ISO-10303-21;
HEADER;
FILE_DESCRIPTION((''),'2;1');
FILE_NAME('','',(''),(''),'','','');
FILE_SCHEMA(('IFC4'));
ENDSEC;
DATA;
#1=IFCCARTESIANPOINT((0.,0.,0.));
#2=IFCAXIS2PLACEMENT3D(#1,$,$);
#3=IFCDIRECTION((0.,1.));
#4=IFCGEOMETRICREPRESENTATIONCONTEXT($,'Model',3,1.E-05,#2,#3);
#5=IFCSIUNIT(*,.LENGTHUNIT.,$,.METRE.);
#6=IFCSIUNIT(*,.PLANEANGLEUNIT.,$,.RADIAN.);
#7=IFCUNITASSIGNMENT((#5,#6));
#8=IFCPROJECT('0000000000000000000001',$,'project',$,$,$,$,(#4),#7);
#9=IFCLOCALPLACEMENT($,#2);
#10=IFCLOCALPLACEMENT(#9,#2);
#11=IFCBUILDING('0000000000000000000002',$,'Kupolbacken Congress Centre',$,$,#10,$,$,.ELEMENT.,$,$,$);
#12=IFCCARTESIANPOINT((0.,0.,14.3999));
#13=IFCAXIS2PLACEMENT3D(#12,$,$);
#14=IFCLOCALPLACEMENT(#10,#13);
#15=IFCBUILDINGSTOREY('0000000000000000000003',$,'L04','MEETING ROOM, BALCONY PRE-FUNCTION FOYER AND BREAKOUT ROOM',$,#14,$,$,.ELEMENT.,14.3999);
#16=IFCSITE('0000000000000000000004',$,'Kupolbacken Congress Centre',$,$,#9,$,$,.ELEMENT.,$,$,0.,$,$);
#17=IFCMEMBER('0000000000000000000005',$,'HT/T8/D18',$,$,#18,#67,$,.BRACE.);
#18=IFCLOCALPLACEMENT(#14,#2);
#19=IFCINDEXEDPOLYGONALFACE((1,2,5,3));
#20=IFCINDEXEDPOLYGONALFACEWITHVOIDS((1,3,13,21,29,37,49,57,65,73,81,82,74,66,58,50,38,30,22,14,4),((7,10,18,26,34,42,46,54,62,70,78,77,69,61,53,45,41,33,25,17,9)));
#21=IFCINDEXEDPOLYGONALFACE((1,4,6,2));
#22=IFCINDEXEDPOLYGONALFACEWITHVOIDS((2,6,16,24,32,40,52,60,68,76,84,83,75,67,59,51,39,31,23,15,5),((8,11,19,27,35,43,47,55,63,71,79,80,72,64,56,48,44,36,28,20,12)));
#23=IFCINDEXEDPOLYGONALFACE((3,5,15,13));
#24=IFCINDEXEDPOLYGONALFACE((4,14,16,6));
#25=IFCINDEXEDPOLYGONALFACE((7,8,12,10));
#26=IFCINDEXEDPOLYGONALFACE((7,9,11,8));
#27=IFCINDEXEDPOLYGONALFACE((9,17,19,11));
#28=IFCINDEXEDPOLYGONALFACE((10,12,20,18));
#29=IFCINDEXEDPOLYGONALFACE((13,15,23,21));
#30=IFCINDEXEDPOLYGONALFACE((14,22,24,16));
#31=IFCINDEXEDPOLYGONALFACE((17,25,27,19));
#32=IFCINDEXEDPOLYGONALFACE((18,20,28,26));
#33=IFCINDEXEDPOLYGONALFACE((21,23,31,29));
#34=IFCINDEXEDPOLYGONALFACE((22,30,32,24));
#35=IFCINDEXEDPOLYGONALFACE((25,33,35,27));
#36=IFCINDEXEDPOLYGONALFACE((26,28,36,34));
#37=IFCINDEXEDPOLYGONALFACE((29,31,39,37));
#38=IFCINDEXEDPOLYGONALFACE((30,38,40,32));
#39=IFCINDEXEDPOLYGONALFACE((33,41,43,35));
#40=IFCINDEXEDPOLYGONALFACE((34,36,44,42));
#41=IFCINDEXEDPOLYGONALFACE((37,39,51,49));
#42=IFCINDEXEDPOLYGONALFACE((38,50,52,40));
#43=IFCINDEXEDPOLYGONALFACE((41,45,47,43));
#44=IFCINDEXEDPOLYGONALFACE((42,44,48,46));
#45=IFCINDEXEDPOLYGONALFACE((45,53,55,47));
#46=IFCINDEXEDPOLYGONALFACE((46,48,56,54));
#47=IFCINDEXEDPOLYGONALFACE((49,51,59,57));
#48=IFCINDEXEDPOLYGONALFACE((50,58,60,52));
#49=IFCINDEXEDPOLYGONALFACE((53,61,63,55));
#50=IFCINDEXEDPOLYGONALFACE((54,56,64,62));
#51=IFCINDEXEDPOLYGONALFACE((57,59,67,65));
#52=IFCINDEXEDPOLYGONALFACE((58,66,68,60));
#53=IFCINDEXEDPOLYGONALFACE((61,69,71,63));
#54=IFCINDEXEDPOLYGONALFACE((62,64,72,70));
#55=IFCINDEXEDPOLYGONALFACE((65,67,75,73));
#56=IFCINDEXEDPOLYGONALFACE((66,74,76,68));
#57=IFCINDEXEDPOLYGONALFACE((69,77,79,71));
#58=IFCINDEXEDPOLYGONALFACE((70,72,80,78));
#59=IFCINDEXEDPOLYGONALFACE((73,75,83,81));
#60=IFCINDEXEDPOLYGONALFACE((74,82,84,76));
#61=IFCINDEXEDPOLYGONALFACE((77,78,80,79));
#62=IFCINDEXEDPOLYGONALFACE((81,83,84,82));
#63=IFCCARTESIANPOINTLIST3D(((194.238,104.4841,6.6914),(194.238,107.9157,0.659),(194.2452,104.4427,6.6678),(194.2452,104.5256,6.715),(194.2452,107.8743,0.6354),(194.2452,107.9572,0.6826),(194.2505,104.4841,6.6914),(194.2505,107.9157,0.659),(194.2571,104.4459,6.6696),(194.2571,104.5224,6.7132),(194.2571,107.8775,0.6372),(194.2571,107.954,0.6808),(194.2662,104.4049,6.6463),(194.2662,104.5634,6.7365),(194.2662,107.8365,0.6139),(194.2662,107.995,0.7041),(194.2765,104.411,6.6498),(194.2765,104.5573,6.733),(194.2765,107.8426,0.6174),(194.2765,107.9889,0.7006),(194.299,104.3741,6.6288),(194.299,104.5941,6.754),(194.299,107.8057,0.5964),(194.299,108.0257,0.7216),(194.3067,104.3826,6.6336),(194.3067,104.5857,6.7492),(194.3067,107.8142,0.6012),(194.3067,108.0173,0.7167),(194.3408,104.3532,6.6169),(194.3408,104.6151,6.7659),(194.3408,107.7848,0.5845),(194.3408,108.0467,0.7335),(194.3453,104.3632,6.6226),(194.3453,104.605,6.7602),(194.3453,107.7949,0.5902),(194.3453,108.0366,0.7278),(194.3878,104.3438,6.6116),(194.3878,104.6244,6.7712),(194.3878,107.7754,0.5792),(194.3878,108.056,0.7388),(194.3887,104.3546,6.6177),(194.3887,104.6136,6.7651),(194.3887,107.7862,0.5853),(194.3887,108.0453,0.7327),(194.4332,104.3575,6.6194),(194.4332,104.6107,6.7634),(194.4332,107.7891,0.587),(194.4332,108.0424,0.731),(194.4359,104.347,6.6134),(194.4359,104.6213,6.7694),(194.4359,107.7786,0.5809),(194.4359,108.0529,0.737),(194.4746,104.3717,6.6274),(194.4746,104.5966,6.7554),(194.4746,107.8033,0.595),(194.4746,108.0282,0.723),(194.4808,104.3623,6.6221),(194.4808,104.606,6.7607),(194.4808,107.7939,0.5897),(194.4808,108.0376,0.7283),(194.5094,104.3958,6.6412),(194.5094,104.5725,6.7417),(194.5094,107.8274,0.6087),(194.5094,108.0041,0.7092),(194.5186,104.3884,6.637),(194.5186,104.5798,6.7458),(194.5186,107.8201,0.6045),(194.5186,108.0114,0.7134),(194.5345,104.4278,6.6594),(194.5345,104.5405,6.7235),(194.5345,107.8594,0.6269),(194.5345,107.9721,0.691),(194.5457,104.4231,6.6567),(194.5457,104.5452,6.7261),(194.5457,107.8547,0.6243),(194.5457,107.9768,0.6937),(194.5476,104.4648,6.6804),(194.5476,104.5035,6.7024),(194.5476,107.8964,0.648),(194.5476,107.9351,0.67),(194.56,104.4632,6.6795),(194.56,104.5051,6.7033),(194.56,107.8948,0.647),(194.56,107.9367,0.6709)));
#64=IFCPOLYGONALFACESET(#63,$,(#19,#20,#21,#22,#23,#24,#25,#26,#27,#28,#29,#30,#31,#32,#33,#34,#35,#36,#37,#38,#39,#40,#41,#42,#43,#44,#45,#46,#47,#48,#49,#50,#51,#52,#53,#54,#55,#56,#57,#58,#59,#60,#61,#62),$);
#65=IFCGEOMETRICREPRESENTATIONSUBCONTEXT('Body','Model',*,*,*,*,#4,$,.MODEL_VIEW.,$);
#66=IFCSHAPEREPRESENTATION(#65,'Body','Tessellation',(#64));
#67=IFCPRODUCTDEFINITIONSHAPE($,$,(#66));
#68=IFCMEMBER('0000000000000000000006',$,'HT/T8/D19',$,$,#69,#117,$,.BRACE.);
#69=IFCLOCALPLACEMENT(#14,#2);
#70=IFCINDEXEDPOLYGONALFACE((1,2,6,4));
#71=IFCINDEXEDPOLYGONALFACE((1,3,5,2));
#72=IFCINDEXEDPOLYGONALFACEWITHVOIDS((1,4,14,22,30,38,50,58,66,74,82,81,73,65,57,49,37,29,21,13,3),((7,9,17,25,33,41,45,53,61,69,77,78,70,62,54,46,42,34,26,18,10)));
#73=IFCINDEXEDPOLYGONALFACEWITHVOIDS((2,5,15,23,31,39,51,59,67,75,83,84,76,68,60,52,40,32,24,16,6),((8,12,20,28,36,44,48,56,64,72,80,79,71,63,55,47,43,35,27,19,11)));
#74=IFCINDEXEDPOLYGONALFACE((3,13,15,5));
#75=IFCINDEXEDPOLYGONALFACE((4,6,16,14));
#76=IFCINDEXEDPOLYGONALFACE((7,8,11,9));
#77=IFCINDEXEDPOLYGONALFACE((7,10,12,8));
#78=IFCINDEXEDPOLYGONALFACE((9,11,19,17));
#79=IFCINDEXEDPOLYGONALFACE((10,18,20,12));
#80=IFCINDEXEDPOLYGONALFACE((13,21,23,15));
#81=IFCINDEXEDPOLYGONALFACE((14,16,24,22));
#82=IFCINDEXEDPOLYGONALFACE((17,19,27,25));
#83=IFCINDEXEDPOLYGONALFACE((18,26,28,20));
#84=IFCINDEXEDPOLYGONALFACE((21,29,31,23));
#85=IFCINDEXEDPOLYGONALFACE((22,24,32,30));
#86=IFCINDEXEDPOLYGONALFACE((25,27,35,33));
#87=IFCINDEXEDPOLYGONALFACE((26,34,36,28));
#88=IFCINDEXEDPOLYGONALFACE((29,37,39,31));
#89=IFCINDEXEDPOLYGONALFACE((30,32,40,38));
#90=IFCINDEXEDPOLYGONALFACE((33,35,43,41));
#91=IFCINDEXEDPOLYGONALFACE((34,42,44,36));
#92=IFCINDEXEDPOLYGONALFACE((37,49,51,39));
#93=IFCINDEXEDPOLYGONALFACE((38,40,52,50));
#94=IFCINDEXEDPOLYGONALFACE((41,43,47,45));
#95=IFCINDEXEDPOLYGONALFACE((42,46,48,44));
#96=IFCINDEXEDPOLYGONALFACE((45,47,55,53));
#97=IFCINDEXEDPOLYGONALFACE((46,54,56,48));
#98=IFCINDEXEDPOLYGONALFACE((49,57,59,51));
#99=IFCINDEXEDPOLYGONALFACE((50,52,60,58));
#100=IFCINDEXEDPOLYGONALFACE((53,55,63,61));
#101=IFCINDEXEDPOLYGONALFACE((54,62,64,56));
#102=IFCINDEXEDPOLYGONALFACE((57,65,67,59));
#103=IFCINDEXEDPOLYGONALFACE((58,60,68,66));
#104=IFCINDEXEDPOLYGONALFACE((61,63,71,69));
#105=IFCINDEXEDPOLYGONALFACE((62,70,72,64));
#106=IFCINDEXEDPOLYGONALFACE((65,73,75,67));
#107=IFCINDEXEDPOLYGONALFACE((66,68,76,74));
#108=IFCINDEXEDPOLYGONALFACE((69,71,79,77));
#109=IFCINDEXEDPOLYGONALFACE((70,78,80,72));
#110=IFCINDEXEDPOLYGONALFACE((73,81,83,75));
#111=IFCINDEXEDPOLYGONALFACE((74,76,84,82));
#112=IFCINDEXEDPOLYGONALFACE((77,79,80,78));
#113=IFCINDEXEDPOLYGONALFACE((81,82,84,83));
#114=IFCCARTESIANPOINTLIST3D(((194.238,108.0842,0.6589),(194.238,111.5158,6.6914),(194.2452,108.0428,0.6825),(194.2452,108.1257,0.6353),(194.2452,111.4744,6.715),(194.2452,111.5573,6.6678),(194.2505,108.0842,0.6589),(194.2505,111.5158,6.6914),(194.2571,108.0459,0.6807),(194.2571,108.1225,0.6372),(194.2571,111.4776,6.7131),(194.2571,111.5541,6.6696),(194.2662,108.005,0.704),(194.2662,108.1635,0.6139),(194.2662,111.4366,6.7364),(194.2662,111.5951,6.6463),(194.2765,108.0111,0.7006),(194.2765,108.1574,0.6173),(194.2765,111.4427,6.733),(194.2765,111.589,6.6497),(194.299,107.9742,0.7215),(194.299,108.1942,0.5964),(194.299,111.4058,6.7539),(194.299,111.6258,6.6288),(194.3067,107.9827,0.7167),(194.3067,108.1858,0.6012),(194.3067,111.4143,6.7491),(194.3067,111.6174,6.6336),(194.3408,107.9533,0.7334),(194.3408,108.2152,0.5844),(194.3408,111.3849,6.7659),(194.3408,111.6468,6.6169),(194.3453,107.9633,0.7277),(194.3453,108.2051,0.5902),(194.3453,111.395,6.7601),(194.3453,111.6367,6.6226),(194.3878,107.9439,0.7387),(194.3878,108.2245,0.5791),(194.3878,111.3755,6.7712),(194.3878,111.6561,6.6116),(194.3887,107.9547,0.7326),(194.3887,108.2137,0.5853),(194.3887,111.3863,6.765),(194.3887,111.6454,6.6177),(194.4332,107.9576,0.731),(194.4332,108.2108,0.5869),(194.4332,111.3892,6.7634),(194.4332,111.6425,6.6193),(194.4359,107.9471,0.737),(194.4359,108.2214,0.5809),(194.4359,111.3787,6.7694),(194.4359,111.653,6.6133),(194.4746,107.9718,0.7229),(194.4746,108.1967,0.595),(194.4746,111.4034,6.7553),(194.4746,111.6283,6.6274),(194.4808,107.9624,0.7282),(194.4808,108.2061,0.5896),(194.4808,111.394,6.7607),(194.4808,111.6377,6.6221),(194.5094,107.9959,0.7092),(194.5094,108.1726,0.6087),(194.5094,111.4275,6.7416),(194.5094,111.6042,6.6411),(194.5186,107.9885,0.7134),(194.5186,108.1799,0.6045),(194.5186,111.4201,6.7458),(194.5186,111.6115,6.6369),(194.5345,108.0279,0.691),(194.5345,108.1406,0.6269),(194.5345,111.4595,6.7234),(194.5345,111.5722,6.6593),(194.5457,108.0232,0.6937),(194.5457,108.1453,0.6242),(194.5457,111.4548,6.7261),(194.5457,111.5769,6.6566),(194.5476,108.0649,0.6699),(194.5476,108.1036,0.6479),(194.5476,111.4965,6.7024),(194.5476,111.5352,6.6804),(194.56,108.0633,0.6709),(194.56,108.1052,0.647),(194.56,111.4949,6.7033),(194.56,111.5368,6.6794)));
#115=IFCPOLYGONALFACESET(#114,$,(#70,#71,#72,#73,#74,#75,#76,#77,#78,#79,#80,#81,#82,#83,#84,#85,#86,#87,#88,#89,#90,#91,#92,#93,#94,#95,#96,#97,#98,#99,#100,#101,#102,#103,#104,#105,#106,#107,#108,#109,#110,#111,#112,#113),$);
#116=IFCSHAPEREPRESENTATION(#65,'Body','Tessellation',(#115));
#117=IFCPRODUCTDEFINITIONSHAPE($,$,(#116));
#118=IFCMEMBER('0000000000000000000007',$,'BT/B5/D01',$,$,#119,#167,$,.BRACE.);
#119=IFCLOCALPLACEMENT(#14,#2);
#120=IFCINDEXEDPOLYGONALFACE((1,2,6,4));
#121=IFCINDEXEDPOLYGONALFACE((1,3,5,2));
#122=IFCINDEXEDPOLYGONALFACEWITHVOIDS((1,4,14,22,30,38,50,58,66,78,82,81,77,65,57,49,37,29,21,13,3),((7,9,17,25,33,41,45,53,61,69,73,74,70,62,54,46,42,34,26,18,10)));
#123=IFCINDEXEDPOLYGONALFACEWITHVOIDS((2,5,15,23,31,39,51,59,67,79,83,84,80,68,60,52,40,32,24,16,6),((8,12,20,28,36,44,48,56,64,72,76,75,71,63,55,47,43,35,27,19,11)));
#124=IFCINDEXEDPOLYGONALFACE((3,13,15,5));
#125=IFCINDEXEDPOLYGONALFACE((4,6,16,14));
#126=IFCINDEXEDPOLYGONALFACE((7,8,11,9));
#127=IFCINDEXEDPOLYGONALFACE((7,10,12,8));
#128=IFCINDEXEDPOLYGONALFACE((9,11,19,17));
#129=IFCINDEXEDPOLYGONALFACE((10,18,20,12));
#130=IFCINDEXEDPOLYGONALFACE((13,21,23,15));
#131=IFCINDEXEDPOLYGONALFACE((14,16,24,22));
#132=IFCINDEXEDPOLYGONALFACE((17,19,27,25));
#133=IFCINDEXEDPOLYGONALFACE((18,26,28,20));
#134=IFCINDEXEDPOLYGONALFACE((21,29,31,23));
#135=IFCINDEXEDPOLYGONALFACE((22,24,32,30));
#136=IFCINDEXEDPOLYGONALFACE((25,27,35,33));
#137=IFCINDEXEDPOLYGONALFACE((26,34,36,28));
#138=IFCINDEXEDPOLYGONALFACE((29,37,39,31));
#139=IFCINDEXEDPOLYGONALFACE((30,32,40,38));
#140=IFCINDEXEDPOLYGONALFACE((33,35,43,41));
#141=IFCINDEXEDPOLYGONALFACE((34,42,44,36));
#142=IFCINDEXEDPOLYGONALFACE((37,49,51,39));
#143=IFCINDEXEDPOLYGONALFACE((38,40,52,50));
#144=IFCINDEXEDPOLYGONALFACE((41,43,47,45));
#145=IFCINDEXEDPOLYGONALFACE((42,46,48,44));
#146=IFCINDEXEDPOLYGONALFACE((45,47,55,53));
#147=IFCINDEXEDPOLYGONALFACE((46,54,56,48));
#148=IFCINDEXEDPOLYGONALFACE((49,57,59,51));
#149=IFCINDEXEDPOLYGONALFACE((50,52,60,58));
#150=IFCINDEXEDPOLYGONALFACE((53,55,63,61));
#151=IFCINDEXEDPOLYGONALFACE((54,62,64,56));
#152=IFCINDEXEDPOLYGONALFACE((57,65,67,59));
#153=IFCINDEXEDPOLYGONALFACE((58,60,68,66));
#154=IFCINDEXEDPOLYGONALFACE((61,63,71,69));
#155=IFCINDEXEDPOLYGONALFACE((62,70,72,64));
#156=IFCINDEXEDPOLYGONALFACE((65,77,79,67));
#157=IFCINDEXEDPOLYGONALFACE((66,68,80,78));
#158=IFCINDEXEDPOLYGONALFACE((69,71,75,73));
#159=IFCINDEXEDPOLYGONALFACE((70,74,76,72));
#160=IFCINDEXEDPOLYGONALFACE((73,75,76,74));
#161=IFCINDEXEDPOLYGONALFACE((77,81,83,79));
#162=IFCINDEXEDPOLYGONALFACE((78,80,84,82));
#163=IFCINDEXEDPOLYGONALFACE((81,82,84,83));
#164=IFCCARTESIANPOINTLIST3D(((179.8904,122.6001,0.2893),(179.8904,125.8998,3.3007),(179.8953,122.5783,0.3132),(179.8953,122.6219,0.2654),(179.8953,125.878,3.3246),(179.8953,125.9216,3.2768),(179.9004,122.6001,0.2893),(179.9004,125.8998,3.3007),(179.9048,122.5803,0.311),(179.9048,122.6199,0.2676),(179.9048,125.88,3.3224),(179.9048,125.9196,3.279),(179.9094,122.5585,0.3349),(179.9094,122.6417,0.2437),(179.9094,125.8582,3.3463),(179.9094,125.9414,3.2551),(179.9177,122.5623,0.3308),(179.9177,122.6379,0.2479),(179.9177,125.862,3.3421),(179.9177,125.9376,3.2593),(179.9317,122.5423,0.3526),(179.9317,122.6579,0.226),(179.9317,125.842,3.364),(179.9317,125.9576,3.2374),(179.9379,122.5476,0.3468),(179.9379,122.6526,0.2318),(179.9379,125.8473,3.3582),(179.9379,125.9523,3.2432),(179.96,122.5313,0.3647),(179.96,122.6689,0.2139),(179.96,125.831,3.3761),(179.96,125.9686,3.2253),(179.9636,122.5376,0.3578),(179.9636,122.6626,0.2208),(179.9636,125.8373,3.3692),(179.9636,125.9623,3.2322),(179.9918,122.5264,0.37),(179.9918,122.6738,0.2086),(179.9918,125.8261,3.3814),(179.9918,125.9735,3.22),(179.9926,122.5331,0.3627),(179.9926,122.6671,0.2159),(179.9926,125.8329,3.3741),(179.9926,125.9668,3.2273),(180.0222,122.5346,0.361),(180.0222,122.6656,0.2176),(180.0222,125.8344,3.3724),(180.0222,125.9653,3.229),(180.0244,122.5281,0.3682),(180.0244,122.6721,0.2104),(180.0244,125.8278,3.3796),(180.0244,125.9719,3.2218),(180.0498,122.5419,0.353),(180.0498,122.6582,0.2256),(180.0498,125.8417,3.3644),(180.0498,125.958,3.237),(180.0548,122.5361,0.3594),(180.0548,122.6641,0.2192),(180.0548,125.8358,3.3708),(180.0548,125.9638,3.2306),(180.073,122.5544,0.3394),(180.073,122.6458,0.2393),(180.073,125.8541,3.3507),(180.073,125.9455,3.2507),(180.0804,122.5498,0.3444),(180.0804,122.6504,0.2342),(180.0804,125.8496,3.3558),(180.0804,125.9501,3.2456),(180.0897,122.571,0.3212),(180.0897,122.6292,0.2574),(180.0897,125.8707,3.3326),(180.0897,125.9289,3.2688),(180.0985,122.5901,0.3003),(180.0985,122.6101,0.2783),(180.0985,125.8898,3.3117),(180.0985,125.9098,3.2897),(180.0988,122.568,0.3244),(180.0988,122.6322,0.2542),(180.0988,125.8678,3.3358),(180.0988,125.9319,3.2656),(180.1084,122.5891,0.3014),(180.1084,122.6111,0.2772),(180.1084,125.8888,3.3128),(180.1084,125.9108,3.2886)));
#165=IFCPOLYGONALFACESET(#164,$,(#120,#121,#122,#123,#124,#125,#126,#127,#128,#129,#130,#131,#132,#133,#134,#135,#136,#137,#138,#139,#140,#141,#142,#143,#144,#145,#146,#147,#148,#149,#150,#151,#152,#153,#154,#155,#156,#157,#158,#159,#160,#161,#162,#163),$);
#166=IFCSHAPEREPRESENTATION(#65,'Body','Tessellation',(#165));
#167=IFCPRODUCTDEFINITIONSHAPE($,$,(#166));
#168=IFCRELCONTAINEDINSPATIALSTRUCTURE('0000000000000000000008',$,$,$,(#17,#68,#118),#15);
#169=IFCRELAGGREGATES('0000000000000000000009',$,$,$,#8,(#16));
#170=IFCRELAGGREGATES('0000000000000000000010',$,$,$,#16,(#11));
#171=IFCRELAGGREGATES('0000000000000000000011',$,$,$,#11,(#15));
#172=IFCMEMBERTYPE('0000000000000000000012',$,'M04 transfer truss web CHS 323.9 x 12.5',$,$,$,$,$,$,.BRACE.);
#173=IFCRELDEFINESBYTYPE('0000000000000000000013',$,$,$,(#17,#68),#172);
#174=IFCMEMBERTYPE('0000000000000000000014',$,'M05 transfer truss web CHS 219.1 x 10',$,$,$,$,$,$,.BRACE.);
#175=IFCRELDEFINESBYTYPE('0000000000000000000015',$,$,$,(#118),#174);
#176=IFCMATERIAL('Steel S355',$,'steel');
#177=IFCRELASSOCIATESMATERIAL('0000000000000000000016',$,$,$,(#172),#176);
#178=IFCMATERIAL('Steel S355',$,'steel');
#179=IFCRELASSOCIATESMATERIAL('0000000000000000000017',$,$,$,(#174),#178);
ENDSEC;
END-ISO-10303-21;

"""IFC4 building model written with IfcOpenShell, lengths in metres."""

from ifc_helpers import new_model, si_unit, direction, frame, origin, origin_2d, place, context, subcontext, project, spatial, hollow_circle, extrude, material, material_profile, profile_set, type_object, element, save


model = new_model("IFC4")

# Units and contexts
model_context = context("Model", 3, precision=1e-05, world=origin(), true_north=direction((0.0, 1.0)))
body_context = subcontext(model_context, "Body", "Model", "MODEL_VIEW")
ifc_project = project(units=[si_unit("LENGTHUNIT", "METRE"), si_unit("PLANEANGLEUNIT", "RADIAN")], contexts=[model_context])

# Site, building, storey
site_placement = place(None, origin())
site = spatial("IfcSite", under=ifc_project, at=site_placement, Name="Kupolbacken Congress Centre", CompositionType="ELEMENT", RefElevation=0.0)
building_placement = place(site_placement, origin())
building = spatial("IfcBuilding", under=site, at=building_placement, Name="Kupolbacken Congress Centre", CompositionType="ELEMENT")
storey_placement = place(building_placement, frame((0.0, 0.0, 14.3999)))
storey = spatial("IfcBuildingStorey", under=building, at=storey_placement, Name="L04", Description="MEETING ROOM, BALCONY PRE-FUNCTION FOYER AND BREAKOUT ROOM", CompositionType="ELEMENT", Elevation=14.3999)

# Members
ifc_material_1 = material(Name="Steel S355", Category="steel")
ifc_material_profile_1 = material_profile(ifc_material_1, hollow_circle(Radius=0.1619, WallThickness=0.0125, at=origin_2d()), Name="CHS 323.9 x 12.5")
ifc_profile_set_1 = profile_set([ifc_material_profile_1], Name="Steel S355")
member_type_1 = type_object("IfcMemberType", Name="M04 transfer truss web CHS 323.9 x 12.5", PredefinedType="BRACE", material=ifc_profile_set_1)
for number, where, z_axis, x_axis, name in (
    (1, (194.3999, 104.4841, 6.6914), (0.0, 0.494456, -0.869203), (-1.0, 0.0, 0.0), "HT/T8/D18"),
    (2, (194.3999, 108.0842, 0.6589), (0.0, 0.494456, 0.869203), (-1.0, 0.0, 0.0), "HT/T8/D19"),
):
    element("IfcMember", number, at=place(storey_placement, frame(where, z_axis=z_axis, x_axis=x_axis)), inside=storey, type_object=member_type_1, Name=name, PredefinedType="BRACE", context=body_context, shape_type="SweptSolid", body=[
        extrude(hollow_circle(Radius=0.1619, WallThickness=0.0125, at=origin_2d()), origin(), (0.0, 0.0, 1.0), 6.9402),
    ])
ifc_material_2 = material(Name="Steel S355", Category="steel")
ifc_material_profile_2 = material_profile(ifc_material_2, hollow_circle(Radius=0.1096, WallThickness=0.01, at=origin_2d()), Name="CHS 219.1 x 10")
ifc_profile_set_2 = profile_set([ifc_material_profile_2], Name="Steel S355")
member_type_2 = type_object("IfcMemberType", Name="M05 transfer truss web CHS 219.1 x 10", PredefinedType="BRACE", material=ifc_profile_set_2)
for number, where, z_axis, x_axis, name in (
    (3, (180.0, 122.6001, 0.2893), (0.0, 0.73864, 0.6741), (-1.0, 0.0, 0.0), "BT/B5/D01"),
):
    element("IfcMember", number, at=place(storey_placement, frame(where, z_axis=z_axis, x_axis=x_axis)), inside=storey, type_object=member_type_2, Name=name, PredefinedType="BRACE", context=body_context, shape_type="SweptSolid", body=[
        extrude(hollow_circle(Radius=0.1096, WallThickness=0.01, at=origin_2d()), origin(), (0.0, 0.0, 1.0), 4.4673),
    ])

save(model, "model.ifc")
